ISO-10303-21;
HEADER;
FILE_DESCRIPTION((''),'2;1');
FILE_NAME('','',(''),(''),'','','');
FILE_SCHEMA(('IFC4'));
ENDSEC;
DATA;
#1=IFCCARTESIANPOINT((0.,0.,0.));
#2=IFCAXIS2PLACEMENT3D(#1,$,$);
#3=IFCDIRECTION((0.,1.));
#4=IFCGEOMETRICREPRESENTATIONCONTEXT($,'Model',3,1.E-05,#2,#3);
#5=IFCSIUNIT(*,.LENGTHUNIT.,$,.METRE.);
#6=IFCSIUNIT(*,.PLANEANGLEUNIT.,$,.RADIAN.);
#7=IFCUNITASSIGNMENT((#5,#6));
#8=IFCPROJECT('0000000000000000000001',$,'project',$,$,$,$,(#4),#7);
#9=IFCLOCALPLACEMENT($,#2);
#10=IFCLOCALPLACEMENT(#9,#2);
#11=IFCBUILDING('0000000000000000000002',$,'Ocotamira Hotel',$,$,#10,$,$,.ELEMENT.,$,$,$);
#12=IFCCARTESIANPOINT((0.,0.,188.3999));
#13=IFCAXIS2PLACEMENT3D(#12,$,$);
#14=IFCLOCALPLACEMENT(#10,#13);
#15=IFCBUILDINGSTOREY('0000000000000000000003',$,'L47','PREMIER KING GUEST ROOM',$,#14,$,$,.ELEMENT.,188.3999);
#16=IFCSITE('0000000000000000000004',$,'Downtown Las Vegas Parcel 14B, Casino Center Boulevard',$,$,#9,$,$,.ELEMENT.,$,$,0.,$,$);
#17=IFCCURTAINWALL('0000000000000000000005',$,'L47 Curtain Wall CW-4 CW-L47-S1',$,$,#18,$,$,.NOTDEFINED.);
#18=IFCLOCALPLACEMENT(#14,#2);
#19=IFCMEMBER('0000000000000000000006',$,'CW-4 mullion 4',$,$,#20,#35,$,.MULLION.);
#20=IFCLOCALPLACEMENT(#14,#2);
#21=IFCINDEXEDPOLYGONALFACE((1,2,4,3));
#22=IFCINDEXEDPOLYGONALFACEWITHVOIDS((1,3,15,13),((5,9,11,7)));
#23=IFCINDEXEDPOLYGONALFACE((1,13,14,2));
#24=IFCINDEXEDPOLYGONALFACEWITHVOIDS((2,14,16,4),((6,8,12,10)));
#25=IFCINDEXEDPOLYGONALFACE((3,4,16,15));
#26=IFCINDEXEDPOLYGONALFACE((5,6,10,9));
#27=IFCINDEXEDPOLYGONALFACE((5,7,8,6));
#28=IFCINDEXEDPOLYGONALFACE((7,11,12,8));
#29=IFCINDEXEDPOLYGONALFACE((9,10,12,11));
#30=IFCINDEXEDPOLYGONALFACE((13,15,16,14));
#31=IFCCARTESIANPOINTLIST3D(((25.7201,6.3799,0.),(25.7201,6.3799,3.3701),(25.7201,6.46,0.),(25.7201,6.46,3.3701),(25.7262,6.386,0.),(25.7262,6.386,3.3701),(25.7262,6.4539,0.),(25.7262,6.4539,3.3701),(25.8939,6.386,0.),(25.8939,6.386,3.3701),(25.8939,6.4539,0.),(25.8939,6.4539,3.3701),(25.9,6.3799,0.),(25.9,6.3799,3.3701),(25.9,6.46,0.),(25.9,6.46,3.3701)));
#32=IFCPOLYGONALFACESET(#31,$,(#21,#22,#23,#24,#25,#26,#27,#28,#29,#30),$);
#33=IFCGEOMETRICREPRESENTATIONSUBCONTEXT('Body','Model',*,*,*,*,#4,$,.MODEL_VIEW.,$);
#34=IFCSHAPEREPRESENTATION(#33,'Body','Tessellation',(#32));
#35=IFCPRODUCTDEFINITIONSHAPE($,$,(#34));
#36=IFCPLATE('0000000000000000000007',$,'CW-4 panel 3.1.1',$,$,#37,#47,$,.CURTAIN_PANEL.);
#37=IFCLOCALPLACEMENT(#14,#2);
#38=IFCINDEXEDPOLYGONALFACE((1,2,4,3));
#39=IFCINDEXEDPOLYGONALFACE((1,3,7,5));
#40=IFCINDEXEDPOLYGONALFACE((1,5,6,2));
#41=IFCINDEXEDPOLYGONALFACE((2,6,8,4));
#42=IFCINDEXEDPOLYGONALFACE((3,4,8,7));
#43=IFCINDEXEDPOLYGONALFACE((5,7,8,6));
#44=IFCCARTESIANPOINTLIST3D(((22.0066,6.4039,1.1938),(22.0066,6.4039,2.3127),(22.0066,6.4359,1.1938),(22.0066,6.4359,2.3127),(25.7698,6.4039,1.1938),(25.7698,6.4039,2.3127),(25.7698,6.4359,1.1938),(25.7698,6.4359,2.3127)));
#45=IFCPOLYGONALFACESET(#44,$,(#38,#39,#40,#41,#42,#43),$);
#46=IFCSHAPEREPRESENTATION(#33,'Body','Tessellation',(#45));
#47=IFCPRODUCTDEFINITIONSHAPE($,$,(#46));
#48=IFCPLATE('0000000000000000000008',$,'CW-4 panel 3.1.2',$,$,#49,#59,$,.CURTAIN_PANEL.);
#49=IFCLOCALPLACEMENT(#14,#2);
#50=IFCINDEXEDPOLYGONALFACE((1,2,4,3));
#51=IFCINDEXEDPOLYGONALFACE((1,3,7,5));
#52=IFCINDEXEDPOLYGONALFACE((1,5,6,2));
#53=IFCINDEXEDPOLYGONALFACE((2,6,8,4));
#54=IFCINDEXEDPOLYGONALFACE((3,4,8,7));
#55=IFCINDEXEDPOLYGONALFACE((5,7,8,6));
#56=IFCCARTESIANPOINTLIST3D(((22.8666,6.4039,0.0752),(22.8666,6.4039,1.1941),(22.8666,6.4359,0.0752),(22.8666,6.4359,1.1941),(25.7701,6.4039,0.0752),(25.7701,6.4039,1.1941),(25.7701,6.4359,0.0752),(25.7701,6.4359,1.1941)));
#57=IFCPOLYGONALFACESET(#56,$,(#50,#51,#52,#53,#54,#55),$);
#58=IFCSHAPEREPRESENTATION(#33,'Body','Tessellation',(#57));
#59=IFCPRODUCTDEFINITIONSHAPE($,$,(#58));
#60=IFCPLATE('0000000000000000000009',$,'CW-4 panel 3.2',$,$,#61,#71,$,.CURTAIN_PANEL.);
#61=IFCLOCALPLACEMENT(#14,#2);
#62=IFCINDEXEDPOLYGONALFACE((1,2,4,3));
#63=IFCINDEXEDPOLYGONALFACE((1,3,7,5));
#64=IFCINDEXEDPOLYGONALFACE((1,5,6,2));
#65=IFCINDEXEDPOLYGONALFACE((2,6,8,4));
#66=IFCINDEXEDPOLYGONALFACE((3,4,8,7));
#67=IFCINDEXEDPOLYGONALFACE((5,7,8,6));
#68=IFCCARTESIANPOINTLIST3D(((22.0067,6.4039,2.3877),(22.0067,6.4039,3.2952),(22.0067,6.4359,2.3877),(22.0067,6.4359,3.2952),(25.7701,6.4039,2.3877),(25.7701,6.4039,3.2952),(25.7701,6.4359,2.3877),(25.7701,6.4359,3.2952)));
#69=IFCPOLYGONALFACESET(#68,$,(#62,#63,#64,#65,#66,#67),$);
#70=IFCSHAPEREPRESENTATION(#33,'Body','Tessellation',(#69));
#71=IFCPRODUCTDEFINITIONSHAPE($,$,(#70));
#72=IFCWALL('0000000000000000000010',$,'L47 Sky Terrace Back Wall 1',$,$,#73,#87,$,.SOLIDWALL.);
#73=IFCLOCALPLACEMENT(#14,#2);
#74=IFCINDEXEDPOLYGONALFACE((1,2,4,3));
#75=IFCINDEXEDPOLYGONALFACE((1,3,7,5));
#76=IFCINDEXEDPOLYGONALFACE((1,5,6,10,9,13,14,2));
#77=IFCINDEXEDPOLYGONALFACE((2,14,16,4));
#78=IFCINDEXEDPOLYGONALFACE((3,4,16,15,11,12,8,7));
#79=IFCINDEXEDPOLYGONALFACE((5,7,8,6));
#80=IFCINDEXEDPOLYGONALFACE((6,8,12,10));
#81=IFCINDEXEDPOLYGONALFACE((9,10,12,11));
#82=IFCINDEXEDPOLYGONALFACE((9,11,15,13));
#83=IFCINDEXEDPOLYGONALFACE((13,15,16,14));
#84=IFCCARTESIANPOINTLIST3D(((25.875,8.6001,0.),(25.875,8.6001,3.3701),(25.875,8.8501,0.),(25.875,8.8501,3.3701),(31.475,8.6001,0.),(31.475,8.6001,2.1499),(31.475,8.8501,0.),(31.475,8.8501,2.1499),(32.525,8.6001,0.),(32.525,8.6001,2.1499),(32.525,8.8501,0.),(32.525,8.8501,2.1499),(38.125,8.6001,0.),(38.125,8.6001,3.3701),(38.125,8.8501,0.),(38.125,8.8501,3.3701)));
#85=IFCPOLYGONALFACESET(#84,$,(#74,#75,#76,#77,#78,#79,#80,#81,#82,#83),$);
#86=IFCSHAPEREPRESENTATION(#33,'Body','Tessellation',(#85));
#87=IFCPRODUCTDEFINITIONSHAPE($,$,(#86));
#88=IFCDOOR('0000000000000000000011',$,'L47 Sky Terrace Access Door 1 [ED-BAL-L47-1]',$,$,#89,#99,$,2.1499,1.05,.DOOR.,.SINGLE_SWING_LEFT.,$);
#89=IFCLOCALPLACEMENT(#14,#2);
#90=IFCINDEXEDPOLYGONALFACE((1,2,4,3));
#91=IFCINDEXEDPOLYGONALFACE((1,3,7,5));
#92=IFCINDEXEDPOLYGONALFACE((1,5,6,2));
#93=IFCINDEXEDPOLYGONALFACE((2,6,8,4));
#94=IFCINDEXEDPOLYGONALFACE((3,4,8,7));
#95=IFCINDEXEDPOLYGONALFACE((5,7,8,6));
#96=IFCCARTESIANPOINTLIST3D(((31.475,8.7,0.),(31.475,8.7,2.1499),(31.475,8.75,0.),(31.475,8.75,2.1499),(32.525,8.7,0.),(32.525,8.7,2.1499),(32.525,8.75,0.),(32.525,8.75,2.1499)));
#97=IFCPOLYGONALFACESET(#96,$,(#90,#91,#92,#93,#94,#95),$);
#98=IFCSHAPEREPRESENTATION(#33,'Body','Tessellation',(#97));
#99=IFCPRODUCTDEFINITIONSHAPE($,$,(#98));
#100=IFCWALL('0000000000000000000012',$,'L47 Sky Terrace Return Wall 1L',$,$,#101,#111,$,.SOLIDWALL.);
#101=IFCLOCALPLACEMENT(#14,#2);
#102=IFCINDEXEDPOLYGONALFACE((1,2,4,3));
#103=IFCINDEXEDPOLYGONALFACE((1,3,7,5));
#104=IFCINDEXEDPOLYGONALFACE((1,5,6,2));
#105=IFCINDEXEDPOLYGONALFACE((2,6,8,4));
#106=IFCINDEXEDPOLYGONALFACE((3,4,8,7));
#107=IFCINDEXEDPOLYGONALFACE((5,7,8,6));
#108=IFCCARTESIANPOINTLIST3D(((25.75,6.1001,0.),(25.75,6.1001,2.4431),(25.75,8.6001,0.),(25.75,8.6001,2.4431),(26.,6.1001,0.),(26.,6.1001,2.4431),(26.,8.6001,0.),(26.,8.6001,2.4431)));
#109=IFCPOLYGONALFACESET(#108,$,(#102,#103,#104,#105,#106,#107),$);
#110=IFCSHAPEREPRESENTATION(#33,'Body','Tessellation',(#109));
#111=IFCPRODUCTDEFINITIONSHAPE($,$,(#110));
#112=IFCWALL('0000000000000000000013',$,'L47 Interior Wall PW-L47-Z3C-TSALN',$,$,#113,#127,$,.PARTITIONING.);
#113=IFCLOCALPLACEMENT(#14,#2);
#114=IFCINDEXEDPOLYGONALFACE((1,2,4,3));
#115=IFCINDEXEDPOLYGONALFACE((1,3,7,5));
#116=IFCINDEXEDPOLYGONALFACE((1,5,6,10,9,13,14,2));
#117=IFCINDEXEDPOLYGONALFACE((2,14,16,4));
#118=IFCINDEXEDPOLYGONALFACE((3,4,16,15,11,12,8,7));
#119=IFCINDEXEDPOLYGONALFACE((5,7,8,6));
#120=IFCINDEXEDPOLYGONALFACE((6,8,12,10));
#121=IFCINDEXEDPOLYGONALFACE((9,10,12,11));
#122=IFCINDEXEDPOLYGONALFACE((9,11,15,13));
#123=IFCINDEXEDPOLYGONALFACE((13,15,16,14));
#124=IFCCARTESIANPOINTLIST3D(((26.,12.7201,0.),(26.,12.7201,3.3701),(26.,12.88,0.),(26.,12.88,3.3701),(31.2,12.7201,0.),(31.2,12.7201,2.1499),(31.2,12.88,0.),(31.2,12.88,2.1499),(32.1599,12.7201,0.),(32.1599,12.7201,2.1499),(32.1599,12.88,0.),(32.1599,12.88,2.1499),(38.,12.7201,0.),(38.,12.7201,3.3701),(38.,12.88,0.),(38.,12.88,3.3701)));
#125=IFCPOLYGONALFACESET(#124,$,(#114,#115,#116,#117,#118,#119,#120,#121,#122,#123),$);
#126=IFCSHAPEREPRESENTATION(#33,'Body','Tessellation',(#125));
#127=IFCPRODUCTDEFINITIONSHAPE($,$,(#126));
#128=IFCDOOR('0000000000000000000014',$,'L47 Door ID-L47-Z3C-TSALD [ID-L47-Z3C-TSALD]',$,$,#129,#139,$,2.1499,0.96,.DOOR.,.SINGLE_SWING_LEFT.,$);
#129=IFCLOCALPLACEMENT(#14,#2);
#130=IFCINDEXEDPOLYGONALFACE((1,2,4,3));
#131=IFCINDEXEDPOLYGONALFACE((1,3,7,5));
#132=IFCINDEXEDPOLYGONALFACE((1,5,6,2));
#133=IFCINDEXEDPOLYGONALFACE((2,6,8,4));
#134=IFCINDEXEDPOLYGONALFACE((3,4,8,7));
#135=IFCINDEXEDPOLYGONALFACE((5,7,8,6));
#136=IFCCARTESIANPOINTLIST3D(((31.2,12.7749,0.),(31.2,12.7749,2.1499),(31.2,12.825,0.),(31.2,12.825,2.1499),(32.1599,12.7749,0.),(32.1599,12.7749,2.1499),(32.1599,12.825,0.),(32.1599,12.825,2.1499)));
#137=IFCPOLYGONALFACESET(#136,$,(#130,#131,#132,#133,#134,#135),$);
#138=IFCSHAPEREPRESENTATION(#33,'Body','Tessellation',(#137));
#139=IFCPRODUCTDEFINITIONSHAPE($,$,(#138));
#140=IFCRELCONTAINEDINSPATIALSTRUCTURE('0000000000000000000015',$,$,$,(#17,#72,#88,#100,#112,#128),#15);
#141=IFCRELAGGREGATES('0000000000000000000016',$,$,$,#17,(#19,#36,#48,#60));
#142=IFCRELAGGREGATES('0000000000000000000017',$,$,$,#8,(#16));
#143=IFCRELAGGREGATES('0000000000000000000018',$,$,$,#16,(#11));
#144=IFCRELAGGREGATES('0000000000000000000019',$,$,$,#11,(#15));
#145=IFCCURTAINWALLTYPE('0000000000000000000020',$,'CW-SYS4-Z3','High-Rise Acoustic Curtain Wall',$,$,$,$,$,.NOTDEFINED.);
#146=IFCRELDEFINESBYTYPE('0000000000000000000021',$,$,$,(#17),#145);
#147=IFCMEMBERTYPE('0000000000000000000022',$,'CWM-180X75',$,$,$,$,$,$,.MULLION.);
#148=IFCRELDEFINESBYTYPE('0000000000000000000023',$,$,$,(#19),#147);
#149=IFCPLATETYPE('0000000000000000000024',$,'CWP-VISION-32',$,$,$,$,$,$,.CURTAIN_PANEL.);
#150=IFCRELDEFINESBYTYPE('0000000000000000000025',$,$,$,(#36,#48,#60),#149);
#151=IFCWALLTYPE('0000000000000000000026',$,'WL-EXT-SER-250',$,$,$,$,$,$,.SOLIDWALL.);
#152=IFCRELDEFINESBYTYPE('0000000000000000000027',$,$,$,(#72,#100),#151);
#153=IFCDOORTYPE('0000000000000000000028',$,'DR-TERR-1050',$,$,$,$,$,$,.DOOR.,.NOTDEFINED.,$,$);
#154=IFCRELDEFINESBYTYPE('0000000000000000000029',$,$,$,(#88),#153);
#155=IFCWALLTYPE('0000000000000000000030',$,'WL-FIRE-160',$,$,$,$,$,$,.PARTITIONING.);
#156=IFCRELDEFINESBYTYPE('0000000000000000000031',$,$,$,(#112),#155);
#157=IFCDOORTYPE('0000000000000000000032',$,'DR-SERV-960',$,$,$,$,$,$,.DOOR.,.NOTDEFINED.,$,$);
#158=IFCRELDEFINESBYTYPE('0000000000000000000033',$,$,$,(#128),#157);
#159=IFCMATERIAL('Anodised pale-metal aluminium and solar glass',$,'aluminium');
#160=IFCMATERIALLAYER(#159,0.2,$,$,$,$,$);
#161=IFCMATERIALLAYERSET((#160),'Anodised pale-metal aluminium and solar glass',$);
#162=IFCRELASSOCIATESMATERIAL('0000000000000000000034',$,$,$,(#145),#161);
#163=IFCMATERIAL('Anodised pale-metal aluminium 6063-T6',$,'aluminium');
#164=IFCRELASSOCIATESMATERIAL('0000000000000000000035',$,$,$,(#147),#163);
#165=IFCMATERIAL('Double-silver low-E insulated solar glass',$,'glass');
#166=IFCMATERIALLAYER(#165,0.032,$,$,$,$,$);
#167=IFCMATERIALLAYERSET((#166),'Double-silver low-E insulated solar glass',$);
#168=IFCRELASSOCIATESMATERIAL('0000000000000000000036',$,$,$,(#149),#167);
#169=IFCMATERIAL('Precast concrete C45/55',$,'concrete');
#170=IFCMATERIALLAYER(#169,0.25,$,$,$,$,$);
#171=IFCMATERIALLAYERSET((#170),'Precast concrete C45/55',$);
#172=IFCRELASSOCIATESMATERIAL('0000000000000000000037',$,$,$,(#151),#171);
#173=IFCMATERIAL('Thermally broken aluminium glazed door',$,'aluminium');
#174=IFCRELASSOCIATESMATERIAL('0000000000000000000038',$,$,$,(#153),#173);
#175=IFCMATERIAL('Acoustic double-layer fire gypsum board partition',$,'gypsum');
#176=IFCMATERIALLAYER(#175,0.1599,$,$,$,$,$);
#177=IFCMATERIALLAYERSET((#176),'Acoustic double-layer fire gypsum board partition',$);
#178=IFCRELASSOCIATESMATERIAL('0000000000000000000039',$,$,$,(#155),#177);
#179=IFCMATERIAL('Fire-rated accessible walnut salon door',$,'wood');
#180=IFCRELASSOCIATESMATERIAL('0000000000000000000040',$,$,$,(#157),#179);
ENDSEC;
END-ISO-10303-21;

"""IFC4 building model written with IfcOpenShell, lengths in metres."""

from ifc_helpers import new_model, si_unit, direction, frame, frame_2d, origin, origin_2d, place, context, subcontext, project, spatial, rectangle, hollow_rectangle, extrude, source, transform, mapped, material, layer, layer_set, material_profile, profile_set, type_object, element, fill, aggregate, save


model = new_model("IFC4")

# Units and contexts
model_context = context("Model", 3, precision=1e-05, world=origin(), true_north=direction((0.0, 1.0)))
body_context = subcontext(model_context, "Body", "Model", "MODEL_VIEW")
ifc_project = project(units=[si_unit("LENGTHUNIT", "METRE"), si_unit("PLANEANGLEUNIT", "RADIAN")], contexts=[model_context])

# Site, building, storey
site_placement = place(None, origin())
site = spatial("IfcSite", under=ifc_project, at=site_placement, Name="Downtown Las Vegas Parcel 14B, Casino Center Boulevard", CompositionType="ELEMENT", RefElevation=0.0)
building_placement = place(site_placement, origin())
building = spatial("IfcBuilding", under=site, at=building_placement, Name="Ocotamira Hotel", CompositionType="ELEMENT")
storey_placement = place(building_placement, frame((0.0, 0.0, 188.3999)))
storey = spatial("IfcBuildingStorey", under=building, at=storey_placement, Name="L47", Description="PREMIER KING GUEST ROOM", CompositionType="ELEMENT", Elevation=188.3999)

# Curtain wall, member, plates
ifc_material_1 = material(Name="Anodised pale-metal aluminium and solar glass", Category="aluminium")
ifc_layer_1 = layer(ifc_material_1, 0.2)
ifc_layer_set_1 = layer_set([ifc_layer_1], Name="Anodised pale-metal aluminium and solar glass")
curtain_wall_type = type_object("IfcCurtainWallType", Name="CW-SYS4-Z3", Description="High-Rise Acoustic Curtain Wall", PredefinedType="NOTDEFINED", material=ifc_layer_set_1)
curtain_wall_placement = place(storey_placement, origin())
curtain_wall = element("IfcCurtainWall", 1, at=curtain_wall_placement, inside=storey, type_object=curtain_wall_type, Name="L47 Curtain Wall CW-4 CW-L47-S1", PredefinedType="NOTDEFINED")
ifc_material_2 = material(Name="Anodised pale-metal aluminium 6063-T6", Category="aluminium")
ifc_material_profile = material_profile(ifc_material_2, hollow_rectangle(XDim=0.0801, YDim=0.1799, WallThickness=0.0061, at=origin_2d()), Name="HSS180X80X6")
ifc_profile_set = profile_set([ifc_material_profile], Name="Anodised pale-metal aluminium 6063-T6")
member_type = type_object("IfcMemberType", Name="CWM-180X75", PredefinedType="MULLION", material=ifc_profile_set)
shared_shape_1 = source(origin(), body_context, "Body", "SweptSolid", [
    extrude(hollow_rectangle(XDim=0.0801, YDim=0.1799, WallThickness=0.0061, at=origin_2d()), origin(), (0.0, 0.0, 1.0), 3.3701),
])
member_placement = place(storey_placement, frame((25.8101, 6.4199, 0.0), z_axis=(0.0, 0.0, 1.0), x_axis=(0.0, 1.0, 0.0)))
member = element("IfcMember", 2, at=member_placement, type_object=member_type, Name="CW-4 mullion 4", PredefinedType="MULLION", context=body_context, shape_type="MappedRepresentation", body=[
    mapped(shared_shape_1, transform((0.0, 0.0, 0.0), scale=1.0)),
])
ifc_material_3 = material(Name="Double-silver low-E insulated solar glass", Category="glass")
ifc_layer_2 = layer(ifc_material_3, 0.032)
ifc_layer_set_2 = layer_set([ifc_layer_2], Name="Double-silver low-E insulated solar glass")
plate_type = type_object("IfcPlateType", Name="CWP-VISION-32", PredefinedType="CURTAIN_PANEL", material=ifc_layer_set_2)
shared_shape_2 = source(origin(), body_context, "Body", "SweptSolid", [
    extrude(rectangle(XDim=3.7632, YDim=0.032, at=origin_2d()), origin(), (0.0, 0.0, 1.0), 1.1189),
])
plate_1_placement = place(storey_placement, frame((23.8882, 6.4199, 1.1938), z_axis=(0.0, 0.0, 1.0), x_axis=(1.0, 0.0, 0.0)))
plate_1 = element("IfcPlate", 3, at=plate_1_placement, type_object=plate_type, Name="CW-4 panel 3.1.1", PredefinedType="CURTAIN_PANEL", context=body_context, shape_type="MappedRepresentation", body=[
    mapped(shared_shape_2, transform((0.0, 0.0, 0.0), scale=1.0)),
])
shared_shape_3 = source(origin(), body_context, "Body", "SweptSolid", [
    extrude(rectangle(XDim=2.9036, YDim=0.032, at=origin_2d()), origin(), (0.0, 0.0, 1.0), 1.1189),
])
plate_2_placement = place(storey_placement, frame((24.3184, 6.4199, 0.0752), z_axis=(0.0, 0.0, 1.0), x_axis=(1.0, 0.0, 0.0)))
plate_2 = element("IfcPlate", 4, at=plate_2_placement, type_object=plate_type, Name="CW-4 panel 3.1.2", PredefinedType="CURTAIN_PANEL", context=body_context, shape_type="MappedRepresentation", body=[
    mapped(shared_shape_3, transform((0.0, 0.0, 0.0), scale=1.0)),
])
shared_shape_4 = source(origin(), body_context, "Body", "SweptSolid", [
    extrude(rectangle(XDim=3.7634, YDim=0.032, at=origin_2d()), origin(), (0.0, 0.0, 1.0), 0.9075),
])
plate_3_placement = place(storey_placement, frame((23.8884, 6.4199, 2.3877), z_axis=(0.0, 0.0, 1.0), x_axis=(1.0, 0.0, 0.0)))
plate_3 = element("IfcPlate", 5, at=plate_3_placement, type_object=plate_type, Name="CW-4 panel 3.2", PredefinedType="CURTAIN_PANEL", context=body_context, shape_type="MappedRepresentation", body=[
    mapped(shared_shape_4, transform((0.0, 0.0, 0.0), scale=1.0)),
])
aggregate(curtain_wall, [member, plate_1, plate_2, plate_3])

# Wall, opening, door
ifc_material_4 = material(Name="Precast concrete C45/55", Category="concrete")
ifc_layer_3 = layer(ifc_material_4, 0.25)
ifc_layer_set_3 = layer_set([ifc_layer_3], Name="Precast concrete C45/55")
wall_type_1 = type_object("IfcWallType", Name="WL-EXT-SER-250", PredefinedType="SOLIDWALL", material=ifc_layer_set_3)
wall_1_placement = place(storey_placement, frame((25.875, 8.7251, 0.0), z_axis=(0.0, 0.0, 1.0), x_axis=(1.0, 0.0, 0.0)))
wall_1 = element("IfcWall", 6, at=wall_1_placement, inside=storey, type_object=wall_type_1, Name="L47 Sky Terrace Back Wall 1", PredefinedType="SOLIDWALL", context=body_context, shape_type="SweptSolid", body=[
    extrude(rectangle(XDim=12.25, YDim=0.25, at=frame_2d((6.125, 0.0))), origin(), (0.0, 0.0, 1.0), 3.3701),
])
opening_1_placement = place(wall_1_placement, frame((5.6001, 0.0, 0.0)))
opening_1 = element("IfcOpeningElement", 7, at=opening_1_placement, cuts=wall_1, PredefinedType="OPENING", context=body_context, shape_type="SweptSolid", body=[
    extrude(rectangle(XDim=1.05, YDim=2.1499, at=frame_2d((0.5249, 1.075))), frame((0.0, 0.135, 0.0), z_axis=(0.0, -1.0, 0.0), x_axis=(1.0, 0.0, 0.0)), (0.0, 0.0, 1.0), 0.27),
])
ifc_material_5 = material(Name="Thermally broken aluminium glazed door", Category="aluminium")
door_type_1 = type_object("IfcDoorType", Name="DR-TERR-1050", OperationType="NOTDEFINED", PredefinedType="DOOR", material=ifc_material_5)
shared_shape_5 = source(origin(), body_context, "Body", "SweptSolid", [
    extrude(rectangle(XDim=1.05, YDim=2.1499, at=frame_2d((0.5249, 1.075))), frame((0.0, 0.0249, 0.0), z_axis=(0.0, -1.0, 0.0), x_axis=(1.0, 0.0, 0.0)), (0.0, 0.0, 1.0), 0.05),
])
door_1_placement = place(opening_1_placement, origin())
door_1 = element("IfcDoor", 8, at=door_1_placement, inside=storey, type_object=door_type_1, Name="L47 Sky Terrace Access Door 1 [ED-BAL-L47-1]", OperationType="SINGLE_SWING_LEFT", OverallHeight=2.1499, OverallWidth=1.05, PredefinedType="DOOR", context=body_context, shape_type="MappedRepresentation", body=[
    mapped(shared_shape_5, transform((0.0, 0.0, 0.0), scale=1.0)),
])
fill(opening_1, door_1)

# Wall
wall_2_placement = place(storey_placement, frame((25.875, 6.1001, 0.0), z_axis=(0.0, 0.0, 1.0), x_axis=(0.0, 1.0, 0.0)))
element("IfcWall", 9, at=wall_2_placement, inside=storey, type_object=wall_type_1, Name="L47 Sky Terrace Return Wall 1L", PredefinedType="SOLIDWALL", context=body_context, shape_type="SweptSolid", body=[
    extrude(rectangle(XDim=2.5, YDim=0.25, at=frame_2d((1.25, 0.0))), origin(), (0.0, 0.0, 1.0), 2.4431),
])

# Wall, opening, door
ifc_material_6 = material(Name="Acoustic double-layer fire gypsum board partition", Category="gypsum")
ifc_layer_4 = layer(ifc_material_6, 0.1599)
ifc_layer_set_4 = layer_set([ifc_layer_4], Name="Acoustic double-layer fire gypsum board partition")
wall_type_2 = type_object("IfcWallType", Name="WL-FIRE-160", PredefinedType="PARTITIONING", material=ifc_layer_set_4)
wall_3_placement = place(storey_placement, frame((26.0, 12.8, 0.0), z_axis=(0.0, 0.0, 1.0), x_axis=(1.0, 0.0, 0.0)))
wall_3 = element("IfcWall", 10, at=wall_3_placement, inside=storey, type_object=wall_type_2, Name="L47 Interior Wall PW-L47-Z3C-TSALN", PredefinedType="PARTITIONING", context=body_context, shape_type="SweptSolid", body=[
    extrude(rectangle(XDim=12.0, YDim=0.1599, at=frame_2d((6.0, 0.0))), origin(), (0.0, 0.0, 1.0), 3.3701),
])
opening_2_placement = place(wall_3_placement, frame((5.2, 0.0, 0.0)))
opening_2 = element("IfcOpeningElement", 11, at=opening_2_placement, cuts=wall_3, PredefinedType="OPENING", context=body_context, shape_type="SweptSolid", body=[
    extrude(rectangle(XDim=0.96, YDim=2.1499, at=frame_2d((0.48, 1.075))), frame((0.0, 0.0898, 0.0), z_axis=(0.0, -1.0, 0.0), x_axis=(1.0, 0.0, 0.0)), (0.0, 0.0, 1.0), 0.1799),
])
ifc_material_7 = material(Name="Fire-rated accessible walnut salon door", Category="wood")
door_type_2 = type_object("IfcDoorType", Name="DR-SERV-960", OperationType="NOTDEFINED", PredefinedType="DOOR", material=ifc_material_7)
shared_shape_6 = source(origin(), body_context, "Body", "SweptSolid", [
    extrude(rectangle(XDim=0.96, YDim=2.1499, at=frame_2d((0.48, 1.075))), frame((0.0, 0.0249, 0.0), z_axis=(0.0, -1.0, 0.0), x_axis=(1.0, 0.0, 0.0)), (0.0, 0.0, 1.0), 0.05),
])
door_2_placement = place(opening_2_placement, origin())
door_2 = element("IfcDoor", 12, at=door_2_placement, inside=storey, type_object=door_type_2, Name="L47 Door ID-L47-Z3C-TSALD [ID-L47-Z3C-TSALD]", OperationType="SINGLE_SWING_LEFT", OverallHeight=2.1499, OverallWidth=0.96, PredefinedType="DOOR", context=body_context, shape_type="MappedRepresentation", body=[
    mapped(shared_shape_6, transform((0.0, 0.0, 0.0), scale=1.0)),
])
fill(opening_2, door_2)

save(model, "model.ifc")
